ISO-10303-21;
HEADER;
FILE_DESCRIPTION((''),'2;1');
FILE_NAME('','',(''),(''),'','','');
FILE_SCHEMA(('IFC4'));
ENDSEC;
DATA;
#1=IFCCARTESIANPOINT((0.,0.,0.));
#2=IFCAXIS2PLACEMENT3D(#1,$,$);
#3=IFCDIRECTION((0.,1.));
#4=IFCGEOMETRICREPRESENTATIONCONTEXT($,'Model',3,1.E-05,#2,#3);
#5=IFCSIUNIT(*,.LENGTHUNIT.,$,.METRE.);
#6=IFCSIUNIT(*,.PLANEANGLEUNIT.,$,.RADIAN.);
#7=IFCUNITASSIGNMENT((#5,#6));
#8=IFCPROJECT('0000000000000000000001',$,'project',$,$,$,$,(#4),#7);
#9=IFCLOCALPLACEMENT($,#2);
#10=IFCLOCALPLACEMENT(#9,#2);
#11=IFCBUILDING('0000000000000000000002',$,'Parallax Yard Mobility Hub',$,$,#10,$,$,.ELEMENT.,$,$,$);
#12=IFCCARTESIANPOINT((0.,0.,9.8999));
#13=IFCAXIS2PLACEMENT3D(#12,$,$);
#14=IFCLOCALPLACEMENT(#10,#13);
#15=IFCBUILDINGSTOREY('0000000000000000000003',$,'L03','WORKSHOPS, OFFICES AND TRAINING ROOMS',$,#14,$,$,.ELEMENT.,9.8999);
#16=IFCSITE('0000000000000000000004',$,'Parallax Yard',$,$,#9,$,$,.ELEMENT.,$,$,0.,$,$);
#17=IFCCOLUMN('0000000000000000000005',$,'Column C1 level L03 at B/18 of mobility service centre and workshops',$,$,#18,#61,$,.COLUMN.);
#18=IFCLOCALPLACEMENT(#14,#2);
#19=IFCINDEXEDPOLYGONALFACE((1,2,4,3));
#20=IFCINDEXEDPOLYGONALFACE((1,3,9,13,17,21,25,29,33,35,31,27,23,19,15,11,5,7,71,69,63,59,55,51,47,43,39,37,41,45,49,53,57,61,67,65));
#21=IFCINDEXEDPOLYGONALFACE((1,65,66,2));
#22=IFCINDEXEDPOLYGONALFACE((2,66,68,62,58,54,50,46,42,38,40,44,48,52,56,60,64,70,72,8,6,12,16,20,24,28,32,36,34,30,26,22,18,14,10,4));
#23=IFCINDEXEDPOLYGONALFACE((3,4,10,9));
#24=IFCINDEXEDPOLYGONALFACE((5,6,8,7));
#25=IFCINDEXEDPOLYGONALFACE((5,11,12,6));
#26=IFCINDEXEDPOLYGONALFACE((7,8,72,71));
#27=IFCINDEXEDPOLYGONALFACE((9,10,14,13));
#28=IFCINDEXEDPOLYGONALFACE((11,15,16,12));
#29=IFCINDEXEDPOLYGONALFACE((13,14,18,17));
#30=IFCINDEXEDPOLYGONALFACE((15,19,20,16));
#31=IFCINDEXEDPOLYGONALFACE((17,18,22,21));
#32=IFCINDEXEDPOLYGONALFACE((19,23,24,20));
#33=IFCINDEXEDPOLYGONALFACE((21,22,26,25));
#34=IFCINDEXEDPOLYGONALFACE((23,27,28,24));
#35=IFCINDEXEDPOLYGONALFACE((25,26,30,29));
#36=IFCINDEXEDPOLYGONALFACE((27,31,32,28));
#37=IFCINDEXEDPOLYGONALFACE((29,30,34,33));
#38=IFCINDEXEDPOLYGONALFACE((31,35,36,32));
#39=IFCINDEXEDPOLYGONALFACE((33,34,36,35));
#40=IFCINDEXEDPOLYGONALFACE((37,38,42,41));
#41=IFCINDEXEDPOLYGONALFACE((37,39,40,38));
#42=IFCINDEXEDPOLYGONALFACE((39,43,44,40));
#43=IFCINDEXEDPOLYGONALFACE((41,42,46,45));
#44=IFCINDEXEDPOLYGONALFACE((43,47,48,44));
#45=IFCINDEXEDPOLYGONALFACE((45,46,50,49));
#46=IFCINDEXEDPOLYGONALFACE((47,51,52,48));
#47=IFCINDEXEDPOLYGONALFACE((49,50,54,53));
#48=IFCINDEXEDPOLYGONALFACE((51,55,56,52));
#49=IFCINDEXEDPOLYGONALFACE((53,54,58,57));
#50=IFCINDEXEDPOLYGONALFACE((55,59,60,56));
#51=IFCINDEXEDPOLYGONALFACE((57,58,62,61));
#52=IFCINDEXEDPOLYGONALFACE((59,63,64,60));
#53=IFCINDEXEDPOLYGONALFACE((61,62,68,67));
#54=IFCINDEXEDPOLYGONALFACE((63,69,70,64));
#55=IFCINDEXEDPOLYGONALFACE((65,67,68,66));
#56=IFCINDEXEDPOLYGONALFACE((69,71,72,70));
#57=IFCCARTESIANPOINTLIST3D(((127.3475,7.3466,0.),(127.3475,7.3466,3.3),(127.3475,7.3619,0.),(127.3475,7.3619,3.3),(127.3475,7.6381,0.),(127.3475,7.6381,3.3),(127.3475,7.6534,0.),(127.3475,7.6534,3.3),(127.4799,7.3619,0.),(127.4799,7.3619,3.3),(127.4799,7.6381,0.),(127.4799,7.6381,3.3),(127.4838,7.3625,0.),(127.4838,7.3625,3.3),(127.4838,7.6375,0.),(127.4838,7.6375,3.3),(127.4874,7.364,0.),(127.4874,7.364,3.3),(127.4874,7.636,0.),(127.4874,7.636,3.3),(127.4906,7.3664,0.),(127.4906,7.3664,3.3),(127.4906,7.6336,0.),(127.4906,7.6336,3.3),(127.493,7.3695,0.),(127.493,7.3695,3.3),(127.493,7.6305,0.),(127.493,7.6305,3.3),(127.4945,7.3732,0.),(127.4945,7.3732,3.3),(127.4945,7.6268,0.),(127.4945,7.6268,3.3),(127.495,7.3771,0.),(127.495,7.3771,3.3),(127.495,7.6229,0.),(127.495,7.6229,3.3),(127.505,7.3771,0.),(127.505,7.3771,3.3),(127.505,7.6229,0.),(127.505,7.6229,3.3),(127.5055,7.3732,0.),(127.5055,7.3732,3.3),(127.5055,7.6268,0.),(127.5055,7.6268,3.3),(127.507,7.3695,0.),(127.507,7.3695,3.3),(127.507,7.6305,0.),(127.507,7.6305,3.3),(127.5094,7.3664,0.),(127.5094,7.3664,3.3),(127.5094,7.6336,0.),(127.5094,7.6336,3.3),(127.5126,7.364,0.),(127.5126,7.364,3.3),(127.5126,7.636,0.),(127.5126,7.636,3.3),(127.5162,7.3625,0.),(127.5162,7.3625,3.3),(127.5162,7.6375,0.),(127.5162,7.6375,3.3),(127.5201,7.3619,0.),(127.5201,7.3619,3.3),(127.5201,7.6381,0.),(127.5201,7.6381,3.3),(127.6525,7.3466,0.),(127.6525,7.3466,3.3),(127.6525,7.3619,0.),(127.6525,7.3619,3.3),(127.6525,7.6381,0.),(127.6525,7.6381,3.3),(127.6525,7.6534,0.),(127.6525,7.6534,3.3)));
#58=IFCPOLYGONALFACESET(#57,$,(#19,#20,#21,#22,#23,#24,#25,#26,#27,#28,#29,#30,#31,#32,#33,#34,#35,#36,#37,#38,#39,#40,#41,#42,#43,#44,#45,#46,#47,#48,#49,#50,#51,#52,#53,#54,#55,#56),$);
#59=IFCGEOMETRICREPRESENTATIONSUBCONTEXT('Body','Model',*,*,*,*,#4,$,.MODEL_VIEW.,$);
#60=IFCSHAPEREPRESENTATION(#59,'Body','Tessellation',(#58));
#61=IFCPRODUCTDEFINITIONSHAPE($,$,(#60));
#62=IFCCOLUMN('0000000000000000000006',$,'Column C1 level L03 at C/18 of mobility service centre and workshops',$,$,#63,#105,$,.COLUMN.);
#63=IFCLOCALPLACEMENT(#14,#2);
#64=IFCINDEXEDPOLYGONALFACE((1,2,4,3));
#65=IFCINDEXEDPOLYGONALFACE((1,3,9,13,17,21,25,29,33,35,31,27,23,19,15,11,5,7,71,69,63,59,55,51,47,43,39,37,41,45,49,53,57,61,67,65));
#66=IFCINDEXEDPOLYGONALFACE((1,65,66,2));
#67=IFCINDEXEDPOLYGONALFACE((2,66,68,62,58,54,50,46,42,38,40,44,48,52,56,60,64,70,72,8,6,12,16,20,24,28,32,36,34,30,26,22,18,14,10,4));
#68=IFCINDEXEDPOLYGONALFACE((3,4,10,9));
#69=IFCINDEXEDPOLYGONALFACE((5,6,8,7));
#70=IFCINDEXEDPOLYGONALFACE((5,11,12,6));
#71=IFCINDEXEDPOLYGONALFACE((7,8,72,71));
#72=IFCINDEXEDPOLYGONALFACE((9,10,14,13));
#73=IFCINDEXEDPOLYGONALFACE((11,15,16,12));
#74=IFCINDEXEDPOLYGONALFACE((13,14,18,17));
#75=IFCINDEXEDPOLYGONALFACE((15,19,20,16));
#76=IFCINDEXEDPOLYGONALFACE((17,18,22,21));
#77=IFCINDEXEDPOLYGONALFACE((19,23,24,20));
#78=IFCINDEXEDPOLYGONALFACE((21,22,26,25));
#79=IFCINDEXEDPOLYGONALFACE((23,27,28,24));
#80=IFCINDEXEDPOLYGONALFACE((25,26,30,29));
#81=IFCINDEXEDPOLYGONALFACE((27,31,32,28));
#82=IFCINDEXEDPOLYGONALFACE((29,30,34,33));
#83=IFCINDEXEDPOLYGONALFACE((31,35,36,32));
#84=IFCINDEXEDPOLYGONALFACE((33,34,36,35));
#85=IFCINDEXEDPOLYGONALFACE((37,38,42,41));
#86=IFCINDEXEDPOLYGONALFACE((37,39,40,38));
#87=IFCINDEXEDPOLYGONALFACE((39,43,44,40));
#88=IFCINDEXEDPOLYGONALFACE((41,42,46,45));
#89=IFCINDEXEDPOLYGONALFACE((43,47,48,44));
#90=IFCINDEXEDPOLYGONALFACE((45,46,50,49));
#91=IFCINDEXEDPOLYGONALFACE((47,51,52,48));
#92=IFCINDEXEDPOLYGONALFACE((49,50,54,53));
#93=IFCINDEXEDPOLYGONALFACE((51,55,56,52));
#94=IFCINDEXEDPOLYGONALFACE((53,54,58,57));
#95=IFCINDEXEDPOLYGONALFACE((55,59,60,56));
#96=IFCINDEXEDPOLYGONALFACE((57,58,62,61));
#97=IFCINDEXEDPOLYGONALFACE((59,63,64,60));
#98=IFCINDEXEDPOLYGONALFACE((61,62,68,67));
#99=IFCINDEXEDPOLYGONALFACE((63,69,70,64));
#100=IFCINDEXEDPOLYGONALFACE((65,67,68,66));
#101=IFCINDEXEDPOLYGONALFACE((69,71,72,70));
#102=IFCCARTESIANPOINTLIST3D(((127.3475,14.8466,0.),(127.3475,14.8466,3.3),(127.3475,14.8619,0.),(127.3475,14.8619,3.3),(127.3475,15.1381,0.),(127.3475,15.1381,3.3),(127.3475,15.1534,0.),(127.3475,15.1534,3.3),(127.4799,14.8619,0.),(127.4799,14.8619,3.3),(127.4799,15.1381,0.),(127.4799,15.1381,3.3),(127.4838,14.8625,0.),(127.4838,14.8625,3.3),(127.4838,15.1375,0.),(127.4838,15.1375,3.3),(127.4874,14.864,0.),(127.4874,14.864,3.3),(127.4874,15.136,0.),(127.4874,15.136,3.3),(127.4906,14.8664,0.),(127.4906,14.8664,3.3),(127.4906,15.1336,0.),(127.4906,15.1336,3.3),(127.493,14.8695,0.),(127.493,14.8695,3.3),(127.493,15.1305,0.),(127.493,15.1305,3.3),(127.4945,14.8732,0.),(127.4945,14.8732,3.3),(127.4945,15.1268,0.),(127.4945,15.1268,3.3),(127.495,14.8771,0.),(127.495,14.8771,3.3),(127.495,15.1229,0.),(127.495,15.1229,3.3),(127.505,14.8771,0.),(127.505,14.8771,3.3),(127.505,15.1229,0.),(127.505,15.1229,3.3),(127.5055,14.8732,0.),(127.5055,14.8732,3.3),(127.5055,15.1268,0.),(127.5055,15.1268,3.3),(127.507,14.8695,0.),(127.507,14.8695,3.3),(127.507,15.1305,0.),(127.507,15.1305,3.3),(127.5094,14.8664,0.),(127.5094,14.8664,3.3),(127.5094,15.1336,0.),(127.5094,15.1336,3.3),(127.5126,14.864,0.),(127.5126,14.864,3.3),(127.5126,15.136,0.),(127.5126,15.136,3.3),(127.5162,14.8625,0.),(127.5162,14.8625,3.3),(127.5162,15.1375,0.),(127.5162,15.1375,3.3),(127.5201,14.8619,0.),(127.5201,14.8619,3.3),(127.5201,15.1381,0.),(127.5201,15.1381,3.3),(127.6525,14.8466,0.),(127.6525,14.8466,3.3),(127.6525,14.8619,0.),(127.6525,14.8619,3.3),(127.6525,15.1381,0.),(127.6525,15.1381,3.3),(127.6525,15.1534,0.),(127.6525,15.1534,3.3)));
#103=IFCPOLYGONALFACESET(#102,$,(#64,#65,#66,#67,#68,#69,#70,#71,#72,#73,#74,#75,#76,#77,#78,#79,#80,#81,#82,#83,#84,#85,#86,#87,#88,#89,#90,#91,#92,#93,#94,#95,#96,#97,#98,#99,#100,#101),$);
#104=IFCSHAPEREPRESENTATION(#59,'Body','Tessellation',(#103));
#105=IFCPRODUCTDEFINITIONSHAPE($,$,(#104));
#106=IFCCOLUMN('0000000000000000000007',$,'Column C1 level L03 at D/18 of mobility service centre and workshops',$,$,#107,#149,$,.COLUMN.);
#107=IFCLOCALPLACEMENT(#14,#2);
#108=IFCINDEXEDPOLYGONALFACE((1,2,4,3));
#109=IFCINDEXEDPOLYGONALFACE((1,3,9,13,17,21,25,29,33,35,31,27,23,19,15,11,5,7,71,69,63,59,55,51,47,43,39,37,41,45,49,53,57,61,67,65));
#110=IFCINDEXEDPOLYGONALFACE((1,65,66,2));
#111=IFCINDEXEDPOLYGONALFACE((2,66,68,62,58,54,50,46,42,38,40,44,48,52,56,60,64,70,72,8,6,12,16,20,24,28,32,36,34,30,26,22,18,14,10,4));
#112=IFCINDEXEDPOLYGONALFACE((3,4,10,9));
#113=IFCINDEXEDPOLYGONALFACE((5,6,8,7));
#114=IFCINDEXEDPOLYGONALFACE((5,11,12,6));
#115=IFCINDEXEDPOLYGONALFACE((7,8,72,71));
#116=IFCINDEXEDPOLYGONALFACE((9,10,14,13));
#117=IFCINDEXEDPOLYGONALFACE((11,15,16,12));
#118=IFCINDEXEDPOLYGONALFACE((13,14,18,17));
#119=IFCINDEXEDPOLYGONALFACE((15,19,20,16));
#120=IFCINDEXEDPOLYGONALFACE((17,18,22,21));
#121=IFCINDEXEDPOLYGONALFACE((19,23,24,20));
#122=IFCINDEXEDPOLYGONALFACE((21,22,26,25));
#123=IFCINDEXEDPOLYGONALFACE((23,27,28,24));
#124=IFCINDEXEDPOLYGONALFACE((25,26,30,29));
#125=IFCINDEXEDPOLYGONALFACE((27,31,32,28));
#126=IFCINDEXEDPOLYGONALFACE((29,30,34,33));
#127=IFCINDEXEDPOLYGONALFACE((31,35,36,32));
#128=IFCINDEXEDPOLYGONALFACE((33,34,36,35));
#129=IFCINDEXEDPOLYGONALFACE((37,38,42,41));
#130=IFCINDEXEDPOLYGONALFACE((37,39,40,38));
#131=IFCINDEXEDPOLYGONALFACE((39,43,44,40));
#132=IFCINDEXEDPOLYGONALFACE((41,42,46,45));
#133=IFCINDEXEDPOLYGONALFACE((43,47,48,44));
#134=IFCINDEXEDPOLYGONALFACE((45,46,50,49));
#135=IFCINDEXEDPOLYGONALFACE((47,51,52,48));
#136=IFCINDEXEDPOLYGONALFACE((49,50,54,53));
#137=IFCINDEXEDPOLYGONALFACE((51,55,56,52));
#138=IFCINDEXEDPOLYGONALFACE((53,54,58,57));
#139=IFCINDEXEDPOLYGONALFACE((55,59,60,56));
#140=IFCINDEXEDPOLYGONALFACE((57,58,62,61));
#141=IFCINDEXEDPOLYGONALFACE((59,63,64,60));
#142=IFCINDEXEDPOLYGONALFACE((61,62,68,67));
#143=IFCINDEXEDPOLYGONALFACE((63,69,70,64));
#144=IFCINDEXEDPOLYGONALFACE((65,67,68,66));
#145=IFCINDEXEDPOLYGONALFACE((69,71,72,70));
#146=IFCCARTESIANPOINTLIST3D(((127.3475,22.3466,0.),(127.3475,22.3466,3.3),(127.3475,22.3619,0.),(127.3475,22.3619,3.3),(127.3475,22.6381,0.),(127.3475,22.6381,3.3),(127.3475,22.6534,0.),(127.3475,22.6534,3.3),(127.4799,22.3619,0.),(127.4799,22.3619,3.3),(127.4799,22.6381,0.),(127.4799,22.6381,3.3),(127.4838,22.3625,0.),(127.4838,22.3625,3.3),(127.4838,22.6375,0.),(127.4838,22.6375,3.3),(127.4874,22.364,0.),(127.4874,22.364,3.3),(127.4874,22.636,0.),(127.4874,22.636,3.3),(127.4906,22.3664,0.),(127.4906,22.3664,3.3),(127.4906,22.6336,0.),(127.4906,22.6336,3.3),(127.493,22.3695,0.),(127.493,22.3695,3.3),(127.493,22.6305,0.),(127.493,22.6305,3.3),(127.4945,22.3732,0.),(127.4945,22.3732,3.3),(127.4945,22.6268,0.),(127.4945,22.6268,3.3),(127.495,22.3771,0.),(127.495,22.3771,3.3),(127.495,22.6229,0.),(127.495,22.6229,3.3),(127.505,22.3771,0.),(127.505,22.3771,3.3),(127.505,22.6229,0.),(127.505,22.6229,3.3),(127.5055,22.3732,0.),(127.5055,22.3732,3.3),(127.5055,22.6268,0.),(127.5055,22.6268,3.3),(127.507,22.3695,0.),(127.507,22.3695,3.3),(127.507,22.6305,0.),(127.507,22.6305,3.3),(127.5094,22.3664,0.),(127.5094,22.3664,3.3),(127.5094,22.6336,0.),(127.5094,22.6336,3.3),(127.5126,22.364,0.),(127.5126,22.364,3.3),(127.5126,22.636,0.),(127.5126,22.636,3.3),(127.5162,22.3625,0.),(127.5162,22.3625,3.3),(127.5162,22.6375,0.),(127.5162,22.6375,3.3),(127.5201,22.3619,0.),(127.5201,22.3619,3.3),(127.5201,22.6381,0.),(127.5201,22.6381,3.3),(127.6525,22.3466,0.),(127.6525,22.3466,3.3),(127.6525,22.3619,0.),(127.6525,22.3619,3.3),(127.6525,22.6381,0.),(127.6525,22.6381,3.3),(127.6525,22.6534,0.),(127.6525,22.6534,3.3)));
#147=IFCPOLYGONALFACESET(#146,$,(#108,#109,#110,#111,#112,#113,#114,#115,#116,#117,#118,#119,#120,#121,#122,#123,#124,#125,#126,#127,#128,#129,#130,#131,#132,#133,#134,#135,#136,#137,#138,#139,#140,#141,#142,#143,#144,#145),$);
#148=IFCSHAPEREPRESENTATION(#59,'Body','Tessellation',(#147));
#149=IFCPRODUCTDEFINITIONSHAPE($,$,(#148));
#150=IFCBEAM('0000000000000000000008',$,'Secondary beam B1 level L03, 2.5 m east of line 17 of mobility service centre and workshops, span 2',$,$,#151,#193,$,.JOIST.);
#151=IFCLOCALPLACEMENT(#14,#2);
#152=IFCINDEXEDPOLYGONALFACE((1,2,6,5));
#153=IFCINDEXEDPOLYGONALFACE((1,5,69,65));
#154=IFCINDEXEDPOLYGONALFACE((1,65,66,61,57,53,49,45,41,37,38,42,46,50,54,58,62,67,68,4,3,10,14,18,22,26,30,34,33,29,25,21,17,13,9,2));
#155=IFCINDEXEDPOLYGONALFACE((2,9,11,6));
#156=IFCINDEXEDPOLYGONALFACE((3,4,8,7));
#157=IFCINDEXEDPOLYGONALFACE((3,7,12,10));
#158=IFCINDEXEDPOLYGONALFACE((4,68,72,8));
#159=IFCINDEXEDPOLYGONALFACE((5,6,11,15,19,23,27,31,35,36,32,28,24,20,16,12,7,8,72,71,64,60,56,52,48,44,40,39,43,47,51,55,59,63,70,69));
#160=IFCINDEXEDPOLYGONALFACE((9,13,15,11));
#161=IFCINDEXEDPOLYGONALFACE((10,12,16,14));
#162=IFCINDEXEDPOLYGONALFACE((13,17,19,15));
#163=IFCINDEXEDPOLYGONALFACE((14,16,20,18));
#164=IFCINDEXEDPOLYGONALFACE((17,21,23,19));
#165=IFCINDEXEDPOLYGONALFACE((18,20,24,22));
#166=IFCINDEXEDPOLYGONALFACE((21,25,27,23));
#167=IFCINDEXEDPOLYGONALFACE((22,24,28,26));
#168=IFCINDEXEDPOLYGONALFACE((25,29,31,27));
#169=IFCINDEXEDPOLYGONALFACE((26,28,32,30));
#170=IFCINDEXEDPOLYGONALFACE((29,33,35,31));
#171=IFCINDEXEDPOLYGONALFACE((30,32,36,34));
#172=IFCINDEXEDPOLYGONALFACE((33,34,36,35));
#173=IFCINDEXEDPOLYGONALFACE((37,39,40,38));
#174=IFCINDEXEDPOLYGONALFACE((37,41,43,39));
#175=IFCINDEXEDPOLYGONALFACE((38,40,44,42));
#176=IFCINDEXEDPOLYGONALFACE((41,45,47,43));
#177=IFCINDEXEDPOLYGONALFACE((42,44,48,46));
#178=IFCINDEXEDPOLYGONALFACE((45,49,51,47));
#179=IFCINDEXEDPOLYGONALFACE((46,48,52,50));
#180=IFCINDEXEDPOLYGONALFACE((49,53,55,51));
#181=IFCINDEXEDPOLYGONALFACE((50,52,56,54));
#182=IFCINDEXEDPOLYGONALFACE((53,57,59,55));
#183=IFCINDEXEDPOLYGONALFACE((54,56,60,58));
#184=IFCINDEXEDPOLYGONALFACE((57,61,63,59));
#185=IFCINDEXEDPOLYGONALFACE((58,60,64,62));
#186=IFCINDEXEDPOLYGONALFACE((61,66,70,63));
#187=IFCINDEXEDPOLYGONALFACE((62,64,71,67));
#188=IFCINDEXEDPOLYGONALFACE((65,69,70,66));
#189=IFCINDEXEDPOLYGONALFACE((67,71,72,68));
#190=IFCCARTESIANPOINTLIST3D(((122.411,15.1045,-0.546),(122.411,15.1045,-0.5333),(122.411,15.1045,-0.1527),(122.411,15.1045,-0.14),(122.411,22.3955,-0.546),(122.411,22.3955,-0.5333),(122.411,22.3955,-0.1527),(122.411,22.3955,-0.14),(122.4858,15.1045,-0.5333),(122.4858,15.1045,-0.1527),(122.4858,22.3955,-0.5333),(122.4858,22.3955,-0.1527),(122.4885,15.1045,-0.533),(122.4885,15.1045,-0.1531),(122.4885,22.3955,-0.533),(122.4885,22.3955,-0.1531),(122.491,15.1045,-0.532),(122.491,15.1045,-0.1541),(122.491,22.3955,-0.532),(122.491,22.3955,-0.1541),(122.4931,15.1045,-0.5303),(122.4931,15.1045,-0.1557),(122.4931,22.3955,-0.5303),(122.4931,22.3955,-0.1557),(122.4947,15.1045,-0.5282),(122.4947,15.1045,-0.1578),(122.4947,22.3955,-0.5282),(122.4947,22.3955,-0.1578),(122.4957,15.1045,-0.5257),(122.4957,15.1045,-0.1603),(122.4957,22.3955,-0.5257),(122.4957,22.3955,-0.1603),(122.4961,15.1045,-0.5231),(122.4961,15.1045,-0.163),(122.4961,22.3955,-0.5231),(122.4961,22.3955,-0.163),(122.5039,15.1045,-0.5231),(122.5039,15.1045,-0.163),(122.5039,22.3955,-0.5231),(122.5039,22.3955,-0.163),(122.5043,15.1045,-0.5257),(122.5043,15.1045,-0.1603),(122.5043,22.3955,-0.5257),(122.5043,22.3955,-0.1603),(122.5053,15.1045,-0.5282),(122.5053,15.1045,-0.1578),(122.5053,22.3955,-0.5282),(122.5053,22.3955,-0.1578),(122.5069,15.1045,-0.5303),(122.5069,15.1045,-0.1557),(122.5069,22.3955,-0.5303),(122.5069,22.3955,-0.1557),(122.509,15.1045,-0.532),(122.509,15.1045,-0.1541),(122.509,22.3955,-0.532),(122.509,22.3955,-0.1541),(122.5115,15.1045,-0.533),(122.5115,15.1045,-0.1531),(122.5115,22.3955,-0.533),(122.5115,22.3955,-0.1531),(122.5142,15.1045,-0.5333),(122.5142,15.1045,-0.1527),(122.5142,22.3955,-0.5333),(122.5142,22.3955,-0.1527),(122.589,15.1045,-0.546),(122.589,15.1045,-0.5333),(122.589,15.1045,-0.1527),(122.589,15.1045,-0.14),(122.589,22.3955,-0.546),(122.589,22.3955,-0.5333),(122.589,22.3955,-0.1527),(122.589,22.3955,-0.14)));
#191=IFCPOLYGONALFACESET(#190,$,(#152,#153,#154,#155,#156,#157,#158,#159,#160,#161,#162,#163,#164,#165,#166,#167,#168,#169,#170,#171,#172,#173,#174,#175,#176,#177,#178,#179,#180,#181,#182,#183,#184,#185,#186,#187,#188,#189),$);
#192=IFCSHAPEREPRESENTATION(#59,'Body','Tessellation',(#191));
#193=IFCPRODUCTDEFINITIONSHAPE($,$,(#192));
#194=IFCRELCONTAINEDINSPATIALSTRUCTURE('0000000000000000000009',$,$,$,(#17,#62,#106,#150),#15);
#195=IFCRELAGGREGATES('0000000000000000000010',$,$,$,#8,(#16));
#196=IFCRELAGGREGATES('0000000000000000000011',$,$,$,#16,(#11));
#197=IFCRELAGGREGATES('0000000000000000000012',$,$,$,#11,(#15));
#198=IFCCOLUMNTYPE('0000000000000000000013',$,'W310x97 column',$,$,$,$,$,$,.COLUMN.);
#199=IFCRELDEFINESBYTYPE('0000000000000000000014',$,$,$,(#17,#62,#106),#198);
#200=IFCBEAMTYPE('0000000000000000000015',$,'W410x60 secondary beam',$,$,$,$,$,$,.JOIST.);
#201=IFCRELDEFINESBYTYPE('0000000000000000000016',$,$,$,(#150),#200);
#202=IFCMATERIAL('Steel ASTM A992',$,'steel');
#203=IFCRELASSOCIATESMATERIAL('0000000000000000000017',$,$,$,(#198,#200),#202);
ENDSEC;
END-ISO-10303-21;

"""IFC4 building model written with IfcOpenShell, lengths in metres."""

from ifc_helpers import new_model, si_unit, direction, frame, origin, origin_2d, place, context, subcontext, project, spatial, i_section, extrude, material, material_profile, profile_set, type_object, element, save


model = new_model("IFC4")

# Units and contexts
model_context = context("Model", 3, precision=1e-05, world=origin(), true_north=direction((0.0, 1.0)))
body_context = subcontext(model_context, "Body", "Model", "MODEL_VIEW")
ifc_project = project(units=[si_unit("LENGTHUNIT", "METRE"), si_unit("PLANEANGLEUNIT", "RADIAN")], contexts=[model_context])

# Site, building, storey
site_placement = place(None, origin())
site = spatial("IfcSite", under=ifc_project, at=site_placement, Name="Parallax Yard", CompositionType="ELEMENT", RefElevation=0.0)
building_placement = place(site_placement, origin())
building = spatial("IfcBuilding", under=site, at=building_placement, Name="Parallax Yard Mobility Hub", CompositionType="ELEMENT")
storey_placement = place(building_placement, frame((0.0, 0.0, 9.8999)))
storey = spatial("IfcBuildingStorey", under=building, at=storey_placement, Name="L03", Description="WORKSHOPS, OFFICES AND TRAINING ROOMS", CompositionType="ELEMENT", Elevation=9.8999)

# Columns
ifc_material_1 = material(Name="Steel ASTM A992", Category="steel")
ifc_material_profile_1 = material_profile(ifc_material_1, i_section(OverallWidth=0.3049, OverallDepth=0.3069, WebThickness=0.01, FlangeThickness=0.0154, FilletRadius=0.0151, at=origin_2d()), Name="W310x97")
ifc_profile_set_1 = profile_set([ifc_material_profile_1], Name="Steel ASTM A992")
column_type = type_object("IfcColumnType", Name="W310x97 column", PredefinedType="COLUMN", material=ifc_profile_set_1)
for number, where, z_axis, x_axis, name in (
    (1, (127.5, 7.5, 0.0), (0.0, 0.0, 1.0), (1.0, 0.0, 0.0), "Column C1 level L03 at B/18 of mobility service centre and workshops"),
    (2, (127.5, 15.0, 0.0), (0.0, 0.0, 1.0), (1.0, 0.0, 0.0), "Column C1 level L03 at C/18 of mobility service centre and workshops"),
    (3, (127.5, 22.5, 0.0), (0.0, 0.0, 1.0), (1.0, 0.0, 0.0), "Column C1 level L03 at D/18 of mobility service centre and workshops"),
):
    element("IfcColumn", number, at=place(storey_placement, frame(where, z_axis=z_axis, x_axis=x_axis)), inside=storey, type_object=column_type, Name=name, PredefinedType="COLUMN", context=body_context, shape_type="SweptSolid", body=[
        extrude(i_section(OverallWidth=0.3049, OverallDepth=0.3069, WebThickness=0.01, FlangeThickness=0.0154, FilletRadius=0.0151, at=origin_2d()), origin(), (0.0, 0.0, 1.0), 3.3),
    ])

# Beam
ifc_material_profile_2 = material_profile(ifc_material_1, i_section(OverallWidth=0.178, OverallDepth=0.406, WebThickness=0.0078, FlangeThickness=0.0127, FilletRadius=0.0103, at=origin_2d()), Name="W410x60")
ifc_profile_set_2 = profile_set([ifc_material_profile_2], Name="Steel ASTM A992")
beam_type_1 = type_object("IfcBeamType", Name="W410x60 secondary beam", PredefinedType="JOIST", material=ifc_profile_set_2)
beam_1_placement = place(storey_placement, frame((122.5, 15.1045, -0.343), z_axis=(0.0, 1.0, 0.0), x_axis=(-1.0, 0.0, 0.0)))
element("IfcBeam", 4, at=beam_1_placement, inside=storey, type_object=beam_type_1, Name="Secondary beam B1 level L03, 2.5 m east of line 17 of mobility service centre and workshops, span 2", PredefinedType="JOIST", context=body_context, shape_type="SweptSolid", body=[
    extrude(i_section(OverallWidth=0.178, OverallDepth=0.406, WebThickness=0.0078, FlangeThickness=0.0127, FilletRadius=0.0103, at=origin_2d()), origin(), (0.0, 0.0, 1.0), 7.291),
])

save(model, "model.ifc")
